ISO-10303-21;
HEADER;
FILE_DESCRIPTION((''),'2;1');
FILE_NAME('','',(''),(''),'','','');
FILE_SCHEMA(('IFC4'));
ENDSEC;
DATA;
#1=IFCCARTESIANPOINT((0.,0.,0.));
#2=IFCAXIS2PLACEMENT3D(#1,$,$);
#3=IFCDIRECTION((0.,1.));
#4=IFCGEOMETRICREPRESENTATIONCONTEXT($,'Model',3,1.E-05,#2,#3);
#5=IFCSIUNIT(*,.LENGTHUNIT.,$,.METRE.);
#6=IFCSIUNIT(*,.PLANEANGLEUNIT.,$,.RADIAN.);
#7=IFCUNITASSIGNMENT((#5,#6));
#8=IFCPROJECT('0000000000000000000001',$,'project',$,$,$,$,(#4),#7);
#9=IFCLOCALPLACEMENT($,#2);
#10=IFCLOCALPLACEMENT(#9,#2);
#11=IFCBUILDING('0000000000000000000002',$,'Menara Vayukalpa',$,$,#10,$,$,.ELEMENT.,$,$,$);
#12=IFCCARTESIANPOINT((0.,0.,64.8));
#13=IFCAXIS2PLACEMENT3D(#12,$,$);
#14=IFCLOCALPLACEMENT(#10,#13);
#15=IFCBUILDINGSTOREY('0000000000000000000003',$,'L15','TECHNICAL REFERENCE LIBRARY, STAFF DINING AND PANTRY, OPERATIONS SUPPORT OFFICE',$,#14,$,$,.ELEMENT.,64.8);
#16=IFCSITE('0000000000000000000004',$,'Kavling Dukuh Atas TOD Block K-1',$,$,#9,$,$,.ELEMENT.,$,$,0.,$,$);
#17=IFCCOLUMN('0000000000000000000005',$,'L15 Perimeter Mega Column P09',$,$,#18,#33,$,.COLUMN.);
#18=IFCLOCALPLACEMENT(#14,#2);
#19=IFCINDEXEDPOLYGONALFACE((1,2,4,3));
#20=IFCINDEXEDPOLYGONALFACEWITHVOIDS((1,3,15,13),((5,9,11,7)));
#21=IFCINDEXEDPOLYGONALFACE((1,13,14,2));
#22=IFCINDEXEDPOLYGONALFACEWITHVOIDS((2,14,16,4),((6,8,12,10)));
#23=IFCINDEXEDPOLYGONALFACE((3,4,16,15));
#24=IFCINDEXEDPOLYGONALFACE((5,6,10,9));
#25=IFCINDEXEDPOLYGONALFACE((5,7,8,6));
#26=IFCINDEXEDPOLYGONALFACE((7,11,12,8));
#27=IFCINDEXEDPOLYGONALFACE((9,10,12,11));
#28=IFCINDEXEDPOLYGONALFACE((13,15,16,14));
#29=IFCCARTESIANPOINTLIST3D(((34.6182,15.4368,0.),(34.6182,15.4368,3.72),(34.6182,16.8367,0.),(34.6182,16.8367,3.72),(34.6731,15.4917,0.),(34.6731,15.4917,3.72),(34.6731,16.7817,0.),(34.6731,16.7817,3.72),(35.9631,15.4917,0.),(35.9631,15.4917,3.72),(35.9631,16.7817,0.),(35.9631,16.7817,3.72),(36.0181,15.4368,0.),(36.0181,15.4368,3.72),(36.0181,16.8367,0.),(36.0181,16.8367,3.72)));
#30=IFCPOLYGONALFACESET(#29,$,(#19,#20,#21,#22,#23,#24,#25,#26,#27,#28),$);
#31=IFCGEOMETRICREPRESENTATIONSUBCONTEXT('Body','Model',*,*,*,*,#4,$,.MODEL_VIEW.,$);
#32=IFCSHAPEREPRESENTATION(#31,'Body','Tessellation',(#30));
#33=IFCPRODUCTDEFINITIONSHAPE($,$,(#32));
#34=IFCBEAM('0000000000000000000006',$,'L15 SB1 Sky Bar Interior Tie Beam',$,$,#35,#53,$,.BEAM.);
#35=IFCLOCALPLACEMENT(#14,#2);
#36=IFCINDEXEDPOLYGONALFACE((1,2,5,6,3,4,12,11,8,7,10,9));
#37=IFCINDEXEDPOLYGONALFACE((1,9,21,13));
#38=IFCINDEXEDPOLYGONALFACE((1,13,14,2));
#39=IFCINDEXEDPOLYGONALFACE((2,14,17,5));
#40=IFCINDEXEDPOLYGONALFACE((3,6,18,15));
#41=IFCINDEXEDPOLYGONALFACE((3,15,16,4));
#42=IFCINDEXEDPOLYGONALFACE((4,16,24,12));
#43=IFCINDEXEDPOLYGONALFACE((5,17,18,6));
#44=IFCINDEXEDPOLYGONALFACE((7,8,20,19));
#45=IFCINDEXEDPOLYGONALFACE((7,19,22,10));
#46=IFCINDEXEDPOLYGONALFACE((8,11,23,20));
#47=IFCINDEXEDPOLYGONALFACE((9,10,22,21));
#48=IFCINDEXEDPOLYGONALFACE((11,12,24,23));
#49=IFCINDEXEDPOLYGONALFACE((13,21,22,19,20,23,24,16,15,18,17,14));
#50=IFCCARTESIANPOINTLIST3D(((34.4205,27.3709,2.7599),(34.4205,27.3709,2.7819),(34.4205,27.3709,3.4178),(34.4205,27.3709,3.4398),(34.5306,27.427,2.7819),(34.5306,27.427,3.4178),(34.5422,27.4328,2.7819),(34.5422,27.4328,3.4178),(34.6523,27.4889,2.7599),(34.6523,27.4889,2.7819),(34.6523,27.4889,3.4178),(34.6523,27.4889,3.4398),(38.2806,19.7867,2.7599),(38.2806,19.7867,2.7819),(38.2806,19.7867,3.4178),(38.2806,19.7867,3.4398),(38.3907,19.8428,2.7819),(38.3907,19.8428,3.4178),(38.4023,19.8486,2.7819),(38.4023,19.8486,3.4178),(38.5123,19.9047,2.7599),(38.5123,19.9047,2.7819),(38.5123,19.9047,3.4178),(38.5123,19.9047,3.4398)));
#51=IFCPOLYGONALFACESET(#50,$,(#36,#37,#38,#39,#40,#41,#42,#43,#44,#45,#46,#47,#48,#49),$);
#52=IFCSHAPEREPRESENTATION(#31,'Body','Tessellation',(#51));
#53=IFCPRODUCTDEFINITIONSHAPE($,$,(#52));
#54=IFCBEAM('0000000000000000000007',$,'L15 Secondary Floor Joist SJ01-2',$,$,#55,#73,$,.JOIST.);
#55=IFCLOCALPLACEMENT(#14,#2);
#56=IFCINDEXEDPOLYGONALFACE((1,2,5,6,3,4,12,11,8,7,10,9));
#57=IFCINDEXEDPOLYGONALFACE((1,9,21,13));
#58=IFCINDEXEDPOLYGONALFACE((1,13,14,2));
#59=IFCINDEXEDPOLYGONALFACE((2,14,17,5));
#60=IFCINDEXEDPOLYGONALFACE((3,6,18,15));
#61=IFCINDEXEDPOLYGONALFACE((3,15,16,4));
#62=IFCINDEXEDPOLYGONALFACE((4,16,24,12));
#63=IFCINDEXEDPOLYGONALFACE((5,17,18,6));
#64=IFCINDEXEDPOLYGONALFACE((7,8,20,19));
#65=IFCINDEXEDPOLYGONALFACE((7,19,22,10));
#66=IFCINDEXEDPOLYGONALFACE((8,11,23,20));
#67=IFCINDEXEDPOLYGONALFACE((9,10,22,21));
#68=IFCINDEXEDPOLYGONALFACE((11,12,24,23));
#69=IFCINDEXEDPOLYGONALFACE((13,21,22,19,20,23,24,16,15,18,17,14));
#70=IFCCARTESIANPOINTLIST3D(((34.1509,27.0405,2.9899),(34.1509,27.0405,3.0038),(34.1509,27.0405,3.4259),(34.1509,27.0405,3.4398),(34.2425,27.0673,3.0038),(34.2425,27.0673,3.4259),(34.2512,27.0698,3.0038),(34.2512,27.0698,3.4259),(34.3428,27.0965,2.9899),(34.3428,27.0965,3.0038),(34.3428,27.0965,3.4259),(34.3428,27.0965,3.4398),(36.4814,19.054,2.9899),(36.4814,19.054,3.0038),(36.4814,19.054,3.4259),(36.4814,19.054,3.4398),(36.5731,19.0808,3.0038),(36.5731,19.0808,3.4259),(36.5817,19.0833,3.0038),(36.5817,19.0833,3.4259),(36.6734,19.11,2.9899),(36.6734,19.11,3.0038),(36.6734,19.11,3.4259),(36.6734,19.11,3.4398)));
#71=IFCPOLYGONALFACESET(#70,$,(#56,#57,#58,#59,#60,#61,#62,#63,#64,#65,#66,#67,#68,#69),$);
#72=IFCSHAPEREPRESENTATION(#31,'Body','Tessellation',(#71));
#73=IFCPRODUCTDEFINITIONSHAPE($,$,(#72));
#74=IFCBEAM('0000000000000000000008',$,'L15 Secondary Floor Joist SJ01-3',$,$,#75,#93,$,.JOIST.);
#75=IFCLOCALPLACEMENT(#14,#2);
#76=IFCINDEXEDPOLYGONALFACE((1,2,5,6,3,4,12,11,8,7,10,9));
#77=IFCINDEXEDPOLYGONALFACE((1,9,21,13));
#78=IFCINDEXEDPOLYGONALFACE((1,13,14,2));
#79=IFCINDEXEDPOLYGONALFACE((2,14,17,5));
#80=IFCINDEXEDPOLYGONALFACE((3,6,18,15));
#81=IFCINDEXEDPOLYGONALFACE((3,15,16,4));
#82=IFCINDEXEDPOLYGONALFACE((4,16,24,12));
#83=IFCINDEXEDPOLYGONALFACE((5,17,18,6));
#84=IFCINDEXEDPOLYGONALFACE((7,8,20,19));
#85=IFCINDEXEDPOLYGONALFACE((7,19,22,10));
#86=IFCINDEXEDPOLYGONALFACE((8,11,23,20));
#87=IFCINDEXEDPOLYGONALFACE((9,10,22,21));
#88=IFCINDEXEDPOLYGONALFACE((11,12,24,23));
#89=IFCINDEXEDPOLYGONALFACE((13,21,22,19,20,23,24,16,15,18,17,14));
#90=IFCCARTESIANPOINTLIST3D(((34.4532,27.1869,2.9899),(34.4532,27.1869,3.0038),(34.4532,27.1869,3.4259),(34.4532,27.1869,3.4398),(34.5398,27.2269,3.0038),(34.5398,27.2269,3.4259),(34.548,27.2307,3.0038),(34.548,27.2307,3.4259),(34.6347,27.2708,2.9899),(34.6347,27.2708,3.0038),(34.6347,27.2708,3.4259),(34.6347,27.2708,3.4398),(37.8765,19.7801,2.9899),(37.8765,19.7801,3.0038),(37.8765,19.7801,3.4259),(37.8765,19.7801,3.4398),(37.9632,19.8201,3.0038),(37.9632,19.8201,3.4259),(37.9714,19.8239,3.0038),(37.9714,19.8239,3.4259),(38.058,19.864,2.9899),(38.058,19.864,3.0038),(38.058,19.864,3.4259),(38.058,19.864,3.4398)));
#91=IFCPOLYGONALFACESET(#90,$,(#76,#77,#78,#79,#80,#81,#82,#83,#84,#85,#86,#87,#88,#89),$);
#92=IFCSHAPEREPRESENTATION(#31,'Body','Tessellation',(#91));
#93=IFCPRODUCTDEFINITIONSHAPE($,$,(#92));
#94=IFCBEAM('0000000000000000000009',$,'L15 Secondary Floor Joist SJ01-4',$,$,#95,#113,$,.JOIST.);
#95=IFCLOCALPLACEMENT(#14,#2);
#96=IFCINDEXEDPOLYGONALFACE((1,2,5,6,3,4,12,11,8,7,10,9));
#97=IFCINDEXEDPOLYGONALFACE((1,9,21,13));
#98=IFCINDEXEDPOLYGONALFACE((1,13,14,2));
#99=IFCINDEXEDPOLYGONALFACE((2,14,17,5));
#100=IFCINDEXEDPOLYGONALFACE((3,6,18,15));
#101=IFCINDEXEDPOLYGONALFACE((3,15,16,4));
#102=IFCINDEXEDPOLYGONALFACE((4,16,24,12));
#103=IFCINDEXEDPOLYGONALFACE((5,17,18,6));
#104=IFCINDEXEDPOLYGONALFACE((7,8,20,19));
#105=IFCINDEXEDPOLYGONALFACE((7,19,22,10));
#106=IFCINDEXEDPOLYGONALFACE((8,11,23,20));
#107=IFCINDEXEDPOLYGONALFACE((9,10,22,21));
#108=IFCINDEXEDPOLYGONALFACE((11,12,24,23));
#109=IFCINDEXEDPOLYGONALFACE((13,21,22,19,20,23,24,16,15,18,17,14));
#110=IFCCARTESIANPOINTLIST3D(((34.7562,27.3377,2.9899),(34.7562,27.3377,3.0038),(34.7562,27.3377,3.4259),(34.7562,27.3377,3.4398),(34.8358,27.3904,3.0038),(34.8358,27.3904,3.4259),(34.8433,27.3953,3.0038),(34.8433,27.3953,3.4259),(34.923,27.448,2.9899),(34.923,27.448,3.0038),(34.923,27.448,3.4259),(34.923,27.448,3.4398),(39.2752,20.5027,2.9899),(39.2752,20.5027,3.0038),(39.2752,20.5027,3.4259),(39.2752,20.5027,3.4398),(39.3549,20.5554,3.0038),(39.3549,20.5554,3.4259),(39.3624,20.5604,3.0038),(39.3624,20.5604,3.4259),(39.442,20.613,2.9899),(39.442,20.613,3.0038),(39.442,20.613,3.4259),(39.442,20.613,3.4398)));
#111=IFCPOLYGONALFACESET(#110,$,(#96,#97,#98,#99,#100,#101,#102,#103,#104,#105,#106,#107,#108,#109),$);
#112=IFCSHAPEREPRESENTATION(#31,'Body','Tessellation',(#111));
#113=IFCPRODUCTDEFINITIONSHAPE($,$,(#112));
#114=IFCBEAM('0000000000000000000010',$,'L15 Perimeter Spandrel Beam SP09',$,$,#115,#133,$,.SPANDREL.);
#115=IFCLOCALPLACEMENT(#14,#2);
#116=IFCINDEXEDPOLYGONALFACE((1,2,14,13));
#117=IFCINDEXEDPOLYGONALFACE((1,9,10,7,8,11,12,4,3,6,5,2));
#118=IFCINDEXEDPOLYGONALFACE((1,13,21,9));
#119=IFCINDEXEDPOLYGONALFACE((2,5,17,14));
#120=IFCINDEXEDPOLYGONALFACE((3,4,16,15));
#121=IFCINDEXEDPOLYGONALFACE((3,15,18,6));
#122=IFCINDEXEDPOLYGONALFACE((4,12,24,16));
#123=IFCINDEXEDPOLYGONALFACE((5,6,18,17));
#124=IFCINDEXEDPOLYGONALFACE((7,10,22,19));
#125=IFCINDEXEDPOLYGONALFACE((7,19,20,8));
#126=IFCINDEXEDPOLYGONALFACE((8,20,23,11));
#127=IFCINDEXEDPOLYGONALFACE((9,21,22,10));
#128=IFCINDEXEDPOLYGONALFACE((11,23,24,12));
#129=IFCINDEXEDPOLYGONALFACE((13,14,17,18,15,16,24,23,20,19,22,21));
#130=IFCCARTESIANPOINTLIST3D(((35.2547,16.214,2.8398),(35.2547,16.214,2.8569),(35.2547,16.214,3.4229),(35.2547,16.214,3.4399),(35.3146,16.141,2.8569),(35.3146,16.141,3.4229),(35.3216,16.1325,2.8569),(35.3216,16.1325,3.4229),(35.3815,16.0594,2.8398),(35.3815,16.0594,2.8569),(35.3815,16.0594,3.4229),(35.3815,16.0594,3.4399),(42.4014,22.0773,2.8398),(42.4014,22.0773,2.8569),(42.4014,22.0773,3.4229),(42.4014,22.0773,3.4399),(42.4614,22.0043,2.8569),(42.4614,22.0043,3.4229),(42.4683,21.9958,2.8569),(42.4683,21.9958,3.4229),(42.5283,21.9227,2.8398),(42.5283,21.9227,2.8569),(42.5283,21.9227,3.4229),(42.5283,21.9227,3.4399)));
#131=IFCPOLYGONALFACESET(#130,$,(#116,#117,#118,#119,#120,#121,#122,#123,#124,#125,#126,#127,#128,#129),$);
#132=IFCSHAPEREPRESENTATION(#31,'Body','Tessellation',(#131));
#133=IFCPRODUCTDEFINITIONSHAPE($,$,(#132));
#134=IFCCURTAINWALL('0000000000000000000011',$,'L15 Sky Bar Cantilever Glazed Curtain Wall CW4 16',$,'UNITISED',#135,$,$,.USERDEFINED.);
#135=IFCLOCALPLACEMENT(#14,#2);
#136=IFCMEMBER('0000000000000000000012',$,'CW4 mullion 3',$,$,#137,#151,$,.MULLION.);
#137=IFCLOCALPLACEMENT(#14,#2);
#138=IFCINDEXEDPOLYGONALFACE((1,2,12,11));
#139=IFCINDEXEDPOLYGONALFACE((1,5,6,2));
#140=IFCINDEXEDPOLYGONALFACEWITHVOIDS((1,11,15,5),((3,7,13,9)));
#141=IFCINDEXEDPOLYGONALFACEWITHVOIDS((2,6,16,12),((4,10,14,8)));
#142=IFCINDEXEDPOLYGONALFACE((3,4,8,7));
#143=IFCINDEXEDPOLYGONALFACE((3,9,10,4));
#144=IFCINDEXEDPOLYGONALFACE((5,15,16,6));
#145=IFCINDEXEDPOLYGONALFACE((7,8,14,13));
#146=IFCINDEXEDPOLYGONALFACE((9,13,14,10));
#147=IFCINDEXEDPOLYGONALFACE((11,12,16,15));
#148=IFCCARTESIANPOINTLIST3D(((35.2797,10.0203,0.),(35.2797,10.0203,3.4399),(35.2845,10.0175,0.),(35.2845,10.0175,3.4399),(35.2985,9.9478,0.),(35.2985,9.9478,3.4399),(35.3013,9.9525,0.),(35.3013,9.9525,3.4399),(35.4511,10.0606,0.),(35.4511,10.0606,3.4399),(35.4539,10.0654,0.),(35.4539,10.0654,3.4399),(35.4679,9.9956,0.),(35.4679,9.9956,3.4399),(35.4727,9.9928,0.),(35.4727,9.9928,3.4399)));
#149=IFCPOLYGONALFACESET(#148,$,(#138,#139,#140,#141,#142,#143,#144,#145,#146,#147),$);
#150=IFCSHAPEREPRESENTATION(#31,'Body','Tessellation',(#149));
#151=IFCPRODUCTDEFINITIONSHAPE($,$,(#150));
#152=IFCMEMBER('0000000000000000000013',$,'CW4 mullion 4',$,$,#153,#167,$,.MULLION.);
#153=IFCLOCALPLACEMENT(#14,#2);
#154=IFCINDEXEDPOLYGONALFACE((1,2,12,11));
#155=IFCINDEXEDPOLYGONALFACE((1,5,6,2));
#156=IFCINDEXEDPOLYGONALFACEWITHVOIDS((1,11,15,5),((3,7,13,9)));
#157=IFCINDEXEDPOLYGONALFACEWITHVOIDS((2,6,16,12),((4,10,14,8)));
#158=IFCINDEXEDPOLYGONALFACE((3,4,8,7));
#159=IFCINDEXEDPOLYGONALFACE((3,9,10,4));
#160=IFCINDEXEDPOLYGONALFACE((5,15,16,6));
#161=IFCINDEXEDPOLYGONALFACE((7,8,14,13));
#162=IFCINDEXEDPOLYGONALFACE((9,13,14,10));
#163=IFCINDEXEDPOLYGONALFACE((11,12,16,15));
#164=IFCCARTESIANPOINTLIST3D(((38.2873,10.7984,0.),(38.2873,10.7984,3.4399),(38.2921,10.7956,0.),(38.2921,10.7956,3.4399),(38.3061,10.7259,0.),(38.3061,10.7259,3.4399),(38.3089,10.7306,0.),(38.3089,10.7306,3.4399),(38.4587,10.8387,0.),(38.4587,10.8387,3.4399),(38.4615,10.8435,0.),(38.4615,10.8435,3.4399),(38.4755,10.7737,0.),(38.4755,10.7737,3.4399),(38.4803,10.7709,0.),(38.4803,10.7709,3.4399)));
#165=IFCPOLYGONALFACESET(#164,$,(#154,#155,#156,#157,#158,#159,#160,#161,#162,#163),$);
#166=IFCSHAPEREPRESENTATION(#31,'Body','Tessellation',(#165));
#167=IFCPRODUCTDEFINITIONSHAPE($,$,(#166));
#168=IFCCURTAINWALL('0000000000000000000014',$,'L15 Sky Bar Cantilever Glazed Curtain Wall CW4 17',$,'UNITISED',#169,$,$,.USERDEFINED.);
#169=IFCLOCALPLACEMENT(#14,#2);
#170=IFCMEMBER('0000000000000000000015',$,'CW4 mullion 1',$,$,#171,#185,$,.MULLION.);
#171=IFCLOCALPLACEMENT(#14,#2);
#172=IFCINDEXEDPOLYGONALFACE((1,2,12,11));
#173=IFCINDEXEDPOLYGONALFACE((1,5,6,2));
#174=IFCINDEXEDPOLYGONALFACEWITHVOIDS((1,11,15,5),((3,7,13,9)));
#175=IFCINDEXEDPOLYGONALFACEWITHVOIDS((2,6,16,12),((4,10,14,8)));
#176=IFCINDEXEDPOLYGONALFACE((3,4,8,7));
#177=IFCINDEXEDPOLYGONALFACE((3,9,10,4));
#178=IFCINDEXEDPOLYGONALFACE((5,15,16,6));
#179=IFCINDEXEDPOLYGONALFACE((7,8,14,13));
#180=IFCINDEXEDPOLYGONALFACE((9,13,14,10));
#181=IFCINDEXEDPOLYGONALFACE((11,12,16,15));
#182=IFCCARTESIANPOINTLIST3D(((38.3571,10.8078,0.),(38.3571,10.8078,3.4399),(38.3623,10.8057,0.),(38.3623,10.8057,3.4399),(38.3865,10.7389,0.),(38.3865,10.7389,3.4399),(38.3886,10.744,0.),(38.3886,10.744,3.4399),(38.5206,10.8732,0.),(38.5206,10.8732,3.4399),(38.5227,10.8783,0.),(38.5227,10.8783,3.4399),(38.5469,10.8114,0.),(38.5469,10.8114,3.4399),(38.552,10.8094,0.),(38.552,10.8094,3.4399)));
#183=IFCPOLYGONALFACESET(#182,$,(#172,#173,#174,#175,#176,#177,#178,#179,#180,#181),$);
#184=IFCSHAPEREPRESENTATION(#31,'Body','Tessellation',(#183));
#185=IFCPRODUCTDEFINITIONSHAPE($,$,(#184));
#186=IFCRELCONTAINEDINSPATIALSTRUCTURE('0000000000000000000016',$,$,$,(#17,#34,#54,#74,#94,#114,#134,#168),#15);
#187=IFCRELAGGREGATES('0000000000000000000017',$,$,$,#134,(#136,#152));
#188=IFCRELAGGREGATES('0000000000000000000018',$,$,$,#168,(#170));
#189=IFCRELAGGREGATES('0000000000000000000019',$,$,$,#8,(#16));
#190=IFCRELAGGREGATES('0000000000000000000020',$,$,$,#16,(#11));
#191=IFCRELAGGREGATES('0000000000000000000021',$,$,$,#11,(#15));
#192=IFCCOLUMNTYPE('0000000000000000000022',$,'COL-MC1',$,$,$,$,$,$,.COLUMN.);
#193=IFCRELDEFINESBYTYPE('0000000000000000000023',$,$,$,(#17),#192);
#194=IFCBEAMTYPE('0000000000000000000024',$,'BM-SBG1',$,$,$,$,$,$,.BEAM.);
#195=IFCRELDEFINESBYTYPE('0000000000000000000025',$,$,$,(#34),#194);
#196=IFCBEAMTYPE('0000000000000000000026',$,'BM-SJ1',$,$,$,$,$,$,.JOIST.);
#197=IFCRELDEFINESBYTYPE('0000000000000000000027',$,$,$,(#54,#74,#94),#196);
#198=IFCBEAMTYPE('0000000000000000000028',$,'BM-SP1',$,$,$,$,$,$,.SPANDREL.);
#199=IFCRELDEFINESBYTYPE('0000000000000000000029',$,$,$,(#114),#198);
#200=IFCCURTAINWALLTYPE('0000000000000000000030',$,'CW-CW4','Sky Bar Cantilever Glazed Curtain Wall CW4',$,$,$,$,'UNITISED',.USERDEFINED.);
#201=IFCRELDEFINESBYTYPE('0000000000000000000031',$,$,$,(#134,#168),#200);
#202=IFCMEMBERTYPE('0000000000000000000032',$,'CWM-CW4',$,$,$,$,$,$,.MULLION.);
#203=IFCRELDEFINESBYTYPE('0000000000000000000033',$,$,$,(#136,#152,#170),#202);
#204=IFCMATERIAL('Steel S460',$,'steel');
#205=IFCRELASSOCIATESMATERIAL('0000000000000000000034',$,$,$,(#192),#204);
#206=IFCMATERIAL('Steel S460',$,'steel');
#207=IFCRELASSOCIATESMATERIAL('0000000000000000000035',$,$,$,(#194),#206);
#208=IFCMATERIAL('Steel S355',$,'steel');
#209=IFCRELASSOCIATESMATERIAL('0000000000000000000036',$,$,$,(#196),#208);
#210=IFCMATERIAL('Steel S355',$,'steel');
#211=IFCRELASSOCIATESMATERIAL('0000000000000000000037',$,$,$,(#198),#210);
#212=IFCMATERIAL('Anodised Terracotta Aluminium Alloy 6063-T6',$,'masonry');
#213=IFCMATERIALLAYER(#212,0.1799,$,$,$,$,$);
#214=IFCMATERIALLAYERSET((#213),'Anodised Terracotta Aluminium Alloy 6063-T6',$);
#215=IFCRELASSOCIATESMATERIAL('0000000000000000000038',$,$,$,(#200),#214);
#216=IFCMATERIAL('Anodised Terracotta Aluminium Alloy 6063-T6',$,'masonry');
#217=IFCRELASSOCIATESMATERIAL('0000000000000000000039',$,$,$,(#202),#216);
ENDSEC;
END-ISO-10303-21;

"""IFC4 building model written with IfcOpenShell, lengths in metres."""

from ifc_helpers import new_model, si_unit, direction, frame, origin, origin_2d, place, context, subcontext, project, spatial, hollow_rectangle, i_section, extrude, material, layer, layer_set, material_profile, profile_set, type_object, element, aggregate, save


model = new_model("IFC4")

# Units and contexts
model_context = context("Model", 3, precision=1e-05, world=origin(), true_north=direction((0.0, 1.0)))
body_context = subcontext(model_context, "Body", "Model", "MODEL_VIEW")
ifc_project = project(units=[si_unit("LENGTHUNIT", "METRE"), si_unit("PLANEANGLEUNIT", "RADIAN")], contexts=[model_context])

# Site, building, storey
site_placement = place(None, origin())
site = spatial("IfcSite", under=ifc_project, at=site_placement, Name="Kavling Dukuh Atas TOD Block K-1", CompositionType="ELEMENT", RefElevation=0.0)
building_placement = place(site_placement, origin())
building = spatial("IfcBuilding", under=site, at=building_placement, Name="Menara Vayukalpa", CompositionType="ELEMENT")
storey_placement = place(building_placement, frame((0.0, 0.0, 64.8)))
storey = spatial("IfcBuildingStorey", under=building, at=storey_placement, Name="L15", Description="TECHNICAL REFERENCE LIBRARY, STAFF DINING AND PANTRY, OPERATIONS SUPPORT OFFICE", CompositionType="ELEMENT", Elevation=64.8)

# Column
ifc_material_1 = material(Name="Steel S460", Category="steel")
ifc_material_profile_1 = material_profile(ifc_material_1, hollow_rectangle(XDim=1.3999, YDim=1.3999, WallThickness=0.0549, at=origin_2d()), Name="BOX 1400x1400x55")
ifc_profile_set_1 = profile_set([ifc_material_profile_1], Name="Steel S460")
column_type = type_object("IfcColumnType", Name="COL-MC1", PredefinedType="COLUMN", material=ifc_profile_set_1)
column_placement = place(storey_placement, frame((35.3181, 16.1367, 0.0), z_axis=(0.0, 0.0, 1.0), x_axis=(1.0, 0.0, 0.0)))
element("IfcColumn", 1, at=column_placement, inside=storey, type_object=column_type, Name="L15 Perimeter Mega Column P09", PredefinedType="COLUMN", context=body_context, shape_type="SweptSolid", body=[
    extrude(hollow_rectangle(XDim=1.3999, YDim=1.3999, WallThickness=0.0549, at=origin_2d()), origin(), (0.0, 0.0, 1.0), 3.72),
])

# Beams
ifc_material_2 = material(Name="Steel S460", Category="steel")
ifc_material_profile_2 = material_profile(ifc_material_2, i_section(OverallWidth=0.26, OverallDepth=0.6799, WebThickness=0.0129, FlangeThickness=0.022, at=origin_2d()), Name="WF 680x260x13x22")
ifc_profile_set_2 = profile_set([ifc_material_profile_2], Name="Steel S460")
beam_type_1 = type_object("IfcBeamType", Name="BM-SBG1", PredefinedType="BEAM", material=ifc_profile_set_2)
beam_1_placement = place(storey_placement, frame((38.3965, 19.8457, 3.0999), z_axis=(-0.453594, 0.891208, 0.0), x_axis=(-0.891208, -0.453594, 0.0)))
element("IfcBeam", 2, at=beam_1_placement, inside=storey, type_object=beam_type_1, Name="L15 SB1 Sky Bar Interior Tie Beam", PredefinedType="BEAM", context=body_context, shape_type="SweptSolid", body=[
    extrude(i_section(OverallWidth=0.26, OverallDepth=0.6799, WebThickness=0.0129, FlangeThickness=0.022, at=origin_2d()), origin(), (0.0, 0.0, 1.0), 8.51),
])
ifc_material_3 = material(Name="Steel S355", Category="steel")
ifc_material_profile_3 = material_profile(ifc_material_3, i_section(OverallWidth=0.2, OverallDepth=0.45, WebThickness=0.009, FlangeThickness=0.0139, at=origin_2d()), Name="WF 450x200x9x14")
ifc_profile_set_3 = profile_set([ifc_material_profile_3], Name="Steel S355")
beam_type_2 = type_object("IfcBeamType", Name="BM-SJ1", PredefinedType="JOIST", material=ifc_profile_set_3)
beam_2_placement = place(storey_placement, frame((36.5774, 19.082, 3.2148), z_axis=(-0.280127, 0.959963, 0.0), x_axis=(-0.959963, -0.280127, 0.0)))
element("IfcBeam", 3, at=beam_2_placement, inside=storey, type_object=beam_type_2, Name="L15 Secondary Floor Joist SJ01-2", PredefinedType="JOIST", context=body_context, shape_type="SweptSolid", body=[
    extrude(i_section(OverallWidth=0.2, OverallDepth=0.45, WebThickness=0.009, FlangeThickness=0.0139, at=origin_2d()), origin(), (0.0, 0.0, 1.0), 8.3196),
])
beam_3_placement = place(storey_placement, frame((37.9673, 19.822, 3.2148), z_axis=(-0.419548, 0.907733, 0.0), x_axis=(-0.907733, -0.419548, 0.0)))
element("IfcBeam", 4, at=beam_3_placement, inside=storey, type_object=beam_type_2, Name="L15 Secondary Floor Joist SJ01-3", PredefinedType="JOIST", context=body_context, shape_type="SweptSolid", body=[
    extrude(i_section(OverallWidth=0.2, OverallDepth=0.45, WebThickness=0.009, FlangeThickness=0.0139, at=origin_2d()), origin(), (0.0, 0.0, 1.0), 8.1597),
])
beam_4_placement = place(storey_placement, frame((39.3586, 20.5579, 3.2148), z_axis=(-0.551519, 0.834162, 0.0), x_axis=(-0.834162, -0.551519, 0.0)))
element("IfcBeam", 5, at=beam_4_placement, inside=storey, type_object=beam_type_2, Name="L15 Secondary Floor Joist SJ01-4", PredefinedType="JOIST", context=body_context, shape_type="SweptSolid", body=[
    extrude(i_section(OverallWidth=0.2, OverallDepth=0.45, WebThickness=0.009, FlangeThickness=0.0139, at=origin_2d()), origin(), (0.0, 0.0, 1.0), 8.1938),
])
ifc_material_4 = material(Name="Steel S355", Category="steel")
ifc_material_profile_4 = material_profile(ifc_material_4, i_section(OverallWidth=0.2, OverallDepth=0.6001, WebThickness=0.011, FlangeThickness=0.0171, at=origin_2d()), Name="WF 600x200x11x17")
ifc_profile_set_4 = profile_set([ifc_material_profile_4], Name="Steel S355")
beam_type_3 = type_object("IfcBeamType", Name="BM-SP1", PredefinedType="SPANDREL", material=ifc_profile_set_4)
beam_5_placement = place(storey_placement, frame((35.3181, 16.1367, 3.1399), z_axis=(0.773111, 0.634271, 0.0), x_axis=(-0.634271, 0.773111, 0.0)))
element("IfcBeam", 6, at=beam_5_placement, inside=storey, type_object=beam_type_3, Name="L15 Perimeter Spandrel Beam SP09", PredefinedType="SPANDREL", context=body_context, shape_type="SweptSolid", body=[
    extrude(i_section(OverallWidth=0.2, OverallDepth=0.6001, WebThickness=0.011, FlangeThickness=0.0171, at=origin_2d()), origin(), (0.0, 0.0, 1.0), 9.2441),
])

# Curtain wall, members
ifc_material_5 = material(Name="Anodised Terracotta Aluminium Alloy 6063-T6", Category="masonry")
ifc_layer_1 = layer(ifc_material_5, 0.1799)
ifc_layer_set_1 = layer_set([ifc_layer_1], Name="Anodised Terracotta Aluminium Alloy 6063-T6")
curtain_wall_type = type_object("IfcCurtainWallType", Name="CW-CW4", Description="Sky Bar Cantilever Glazed Curtain Wall CW4", ElementType="UNITISED", PredefinedType="USERDEFINED", material=ifc_layer_set_1)
curtain_wall_1_placement = place(storey_placement, origin())
curtain_wall_1 = element("IfcCurtainWall", 7, at=curtain_wall_1_placement, inside=storey, type_object=curtain_wall_type, Name="L15 Sky Bar Cantilever Glazed Curtain Wall CW4 16", ObjectType="UNITISED", PredefinedType="USERDEFINED")
ifc_material_6 = material(Name="Anodised Terracotta Aluminium Alloy 6063-T6", Category="masonry")
ifc_material_profile_5 = material_profile(ifc_material_6, hollow_rectangle(XDim=0.075, YDim=0.1799, WallThickness=0.0039, at=origin_2d()), Name="ALU 75x180x4")
ifc_profile_set_5 = profile_set([ifc_material_profile_5], Name="Anodised Terracotta Aluminium Alloy 6063-T6")
member_type_1 = type_object("IfcMemberType", Name="CWM-CW4", PredefinedType="MULLION", material=ifc_profile_set_5)
member_1_placement = place(storey_placement, frame((35.3762, 10.0066, 0.0), z_axis=(0.0, 0.0, 1.0), x_axis=(-0.250403, 0.968142, 0.0)))
member_1 = element("IfcMember", 8, at=member_1_placement, type_object=member_type_1, Name="CW4 mullion 3", PredefinedType="MULLION", context=body_context, shape_type="SweptSolid", body=[
    extrude(hollow_rectangle(XDim=0.075, YDim=0.1799, WallThickness=0.0039, at=origin_2d()), origin(), (0.0, 0.0, 1.0), 3.4399),
])
member_2_placement = place(storey_placement, frame((38.3838, 10.7847, 0.0), z_axis=(0.0, 0.0, 1.0), x_axis=(-0.250403, 0.968142, 0.0)))
member_2 = element("IfcMember", 9, at=member_2_placement, type_object=member_type_1, Name="CW4 mullion 4", PredefinedType="MULLION", context=body_context, shape_type="SweptSolid", body=[
    extrude(hollow_rectangle(XDim=0.075, YDim=0.1799, WallThickness=0.0039, at=origin_2d()), origin(), (0.0, 0.0, 1.0), 3.4399),
])

# Curtain wall, member
curtain_wall_2_placement = place(storey_placement, origin())
curtain_wall_2 = element("IfcCurtainWall", 10, at=curtain_wall_2_placement, inside=storey, type_object=curtain_wall_type, Name="L15 Sky Bar Cantilever Glazed Curtain Wall CW4 17", ObjectType="UNITISED", PredefinedType="USERDEFINED")
member_3_placement = place(storey_placement, frame((38.4546, 10.8086, 0.0), z_axis=(0.0, 0.0, 1.0), x_axis=(-0.392008, 0.919962, 0.0)))
member_3 = element("IfcMember", 11, at=member_3_placement, type_object=member_type_1, Name="CW4 mullion 1", PredefinedType="MULLION", context=body_context, shape_type="SweptSolid", body=[
    extrude(hollow_rectangle(XDim=0.075, YDim=0.1799, WallThickness=0.0039, at=origin_2d()), origin(), (0.0, 0.0, 1.0), 3.4399),
])

aggregate(curtain_wall_1, [member_1, member_2])
aggregate(curtain_wall_2, [member_3])

save(model, "model.ifc")
